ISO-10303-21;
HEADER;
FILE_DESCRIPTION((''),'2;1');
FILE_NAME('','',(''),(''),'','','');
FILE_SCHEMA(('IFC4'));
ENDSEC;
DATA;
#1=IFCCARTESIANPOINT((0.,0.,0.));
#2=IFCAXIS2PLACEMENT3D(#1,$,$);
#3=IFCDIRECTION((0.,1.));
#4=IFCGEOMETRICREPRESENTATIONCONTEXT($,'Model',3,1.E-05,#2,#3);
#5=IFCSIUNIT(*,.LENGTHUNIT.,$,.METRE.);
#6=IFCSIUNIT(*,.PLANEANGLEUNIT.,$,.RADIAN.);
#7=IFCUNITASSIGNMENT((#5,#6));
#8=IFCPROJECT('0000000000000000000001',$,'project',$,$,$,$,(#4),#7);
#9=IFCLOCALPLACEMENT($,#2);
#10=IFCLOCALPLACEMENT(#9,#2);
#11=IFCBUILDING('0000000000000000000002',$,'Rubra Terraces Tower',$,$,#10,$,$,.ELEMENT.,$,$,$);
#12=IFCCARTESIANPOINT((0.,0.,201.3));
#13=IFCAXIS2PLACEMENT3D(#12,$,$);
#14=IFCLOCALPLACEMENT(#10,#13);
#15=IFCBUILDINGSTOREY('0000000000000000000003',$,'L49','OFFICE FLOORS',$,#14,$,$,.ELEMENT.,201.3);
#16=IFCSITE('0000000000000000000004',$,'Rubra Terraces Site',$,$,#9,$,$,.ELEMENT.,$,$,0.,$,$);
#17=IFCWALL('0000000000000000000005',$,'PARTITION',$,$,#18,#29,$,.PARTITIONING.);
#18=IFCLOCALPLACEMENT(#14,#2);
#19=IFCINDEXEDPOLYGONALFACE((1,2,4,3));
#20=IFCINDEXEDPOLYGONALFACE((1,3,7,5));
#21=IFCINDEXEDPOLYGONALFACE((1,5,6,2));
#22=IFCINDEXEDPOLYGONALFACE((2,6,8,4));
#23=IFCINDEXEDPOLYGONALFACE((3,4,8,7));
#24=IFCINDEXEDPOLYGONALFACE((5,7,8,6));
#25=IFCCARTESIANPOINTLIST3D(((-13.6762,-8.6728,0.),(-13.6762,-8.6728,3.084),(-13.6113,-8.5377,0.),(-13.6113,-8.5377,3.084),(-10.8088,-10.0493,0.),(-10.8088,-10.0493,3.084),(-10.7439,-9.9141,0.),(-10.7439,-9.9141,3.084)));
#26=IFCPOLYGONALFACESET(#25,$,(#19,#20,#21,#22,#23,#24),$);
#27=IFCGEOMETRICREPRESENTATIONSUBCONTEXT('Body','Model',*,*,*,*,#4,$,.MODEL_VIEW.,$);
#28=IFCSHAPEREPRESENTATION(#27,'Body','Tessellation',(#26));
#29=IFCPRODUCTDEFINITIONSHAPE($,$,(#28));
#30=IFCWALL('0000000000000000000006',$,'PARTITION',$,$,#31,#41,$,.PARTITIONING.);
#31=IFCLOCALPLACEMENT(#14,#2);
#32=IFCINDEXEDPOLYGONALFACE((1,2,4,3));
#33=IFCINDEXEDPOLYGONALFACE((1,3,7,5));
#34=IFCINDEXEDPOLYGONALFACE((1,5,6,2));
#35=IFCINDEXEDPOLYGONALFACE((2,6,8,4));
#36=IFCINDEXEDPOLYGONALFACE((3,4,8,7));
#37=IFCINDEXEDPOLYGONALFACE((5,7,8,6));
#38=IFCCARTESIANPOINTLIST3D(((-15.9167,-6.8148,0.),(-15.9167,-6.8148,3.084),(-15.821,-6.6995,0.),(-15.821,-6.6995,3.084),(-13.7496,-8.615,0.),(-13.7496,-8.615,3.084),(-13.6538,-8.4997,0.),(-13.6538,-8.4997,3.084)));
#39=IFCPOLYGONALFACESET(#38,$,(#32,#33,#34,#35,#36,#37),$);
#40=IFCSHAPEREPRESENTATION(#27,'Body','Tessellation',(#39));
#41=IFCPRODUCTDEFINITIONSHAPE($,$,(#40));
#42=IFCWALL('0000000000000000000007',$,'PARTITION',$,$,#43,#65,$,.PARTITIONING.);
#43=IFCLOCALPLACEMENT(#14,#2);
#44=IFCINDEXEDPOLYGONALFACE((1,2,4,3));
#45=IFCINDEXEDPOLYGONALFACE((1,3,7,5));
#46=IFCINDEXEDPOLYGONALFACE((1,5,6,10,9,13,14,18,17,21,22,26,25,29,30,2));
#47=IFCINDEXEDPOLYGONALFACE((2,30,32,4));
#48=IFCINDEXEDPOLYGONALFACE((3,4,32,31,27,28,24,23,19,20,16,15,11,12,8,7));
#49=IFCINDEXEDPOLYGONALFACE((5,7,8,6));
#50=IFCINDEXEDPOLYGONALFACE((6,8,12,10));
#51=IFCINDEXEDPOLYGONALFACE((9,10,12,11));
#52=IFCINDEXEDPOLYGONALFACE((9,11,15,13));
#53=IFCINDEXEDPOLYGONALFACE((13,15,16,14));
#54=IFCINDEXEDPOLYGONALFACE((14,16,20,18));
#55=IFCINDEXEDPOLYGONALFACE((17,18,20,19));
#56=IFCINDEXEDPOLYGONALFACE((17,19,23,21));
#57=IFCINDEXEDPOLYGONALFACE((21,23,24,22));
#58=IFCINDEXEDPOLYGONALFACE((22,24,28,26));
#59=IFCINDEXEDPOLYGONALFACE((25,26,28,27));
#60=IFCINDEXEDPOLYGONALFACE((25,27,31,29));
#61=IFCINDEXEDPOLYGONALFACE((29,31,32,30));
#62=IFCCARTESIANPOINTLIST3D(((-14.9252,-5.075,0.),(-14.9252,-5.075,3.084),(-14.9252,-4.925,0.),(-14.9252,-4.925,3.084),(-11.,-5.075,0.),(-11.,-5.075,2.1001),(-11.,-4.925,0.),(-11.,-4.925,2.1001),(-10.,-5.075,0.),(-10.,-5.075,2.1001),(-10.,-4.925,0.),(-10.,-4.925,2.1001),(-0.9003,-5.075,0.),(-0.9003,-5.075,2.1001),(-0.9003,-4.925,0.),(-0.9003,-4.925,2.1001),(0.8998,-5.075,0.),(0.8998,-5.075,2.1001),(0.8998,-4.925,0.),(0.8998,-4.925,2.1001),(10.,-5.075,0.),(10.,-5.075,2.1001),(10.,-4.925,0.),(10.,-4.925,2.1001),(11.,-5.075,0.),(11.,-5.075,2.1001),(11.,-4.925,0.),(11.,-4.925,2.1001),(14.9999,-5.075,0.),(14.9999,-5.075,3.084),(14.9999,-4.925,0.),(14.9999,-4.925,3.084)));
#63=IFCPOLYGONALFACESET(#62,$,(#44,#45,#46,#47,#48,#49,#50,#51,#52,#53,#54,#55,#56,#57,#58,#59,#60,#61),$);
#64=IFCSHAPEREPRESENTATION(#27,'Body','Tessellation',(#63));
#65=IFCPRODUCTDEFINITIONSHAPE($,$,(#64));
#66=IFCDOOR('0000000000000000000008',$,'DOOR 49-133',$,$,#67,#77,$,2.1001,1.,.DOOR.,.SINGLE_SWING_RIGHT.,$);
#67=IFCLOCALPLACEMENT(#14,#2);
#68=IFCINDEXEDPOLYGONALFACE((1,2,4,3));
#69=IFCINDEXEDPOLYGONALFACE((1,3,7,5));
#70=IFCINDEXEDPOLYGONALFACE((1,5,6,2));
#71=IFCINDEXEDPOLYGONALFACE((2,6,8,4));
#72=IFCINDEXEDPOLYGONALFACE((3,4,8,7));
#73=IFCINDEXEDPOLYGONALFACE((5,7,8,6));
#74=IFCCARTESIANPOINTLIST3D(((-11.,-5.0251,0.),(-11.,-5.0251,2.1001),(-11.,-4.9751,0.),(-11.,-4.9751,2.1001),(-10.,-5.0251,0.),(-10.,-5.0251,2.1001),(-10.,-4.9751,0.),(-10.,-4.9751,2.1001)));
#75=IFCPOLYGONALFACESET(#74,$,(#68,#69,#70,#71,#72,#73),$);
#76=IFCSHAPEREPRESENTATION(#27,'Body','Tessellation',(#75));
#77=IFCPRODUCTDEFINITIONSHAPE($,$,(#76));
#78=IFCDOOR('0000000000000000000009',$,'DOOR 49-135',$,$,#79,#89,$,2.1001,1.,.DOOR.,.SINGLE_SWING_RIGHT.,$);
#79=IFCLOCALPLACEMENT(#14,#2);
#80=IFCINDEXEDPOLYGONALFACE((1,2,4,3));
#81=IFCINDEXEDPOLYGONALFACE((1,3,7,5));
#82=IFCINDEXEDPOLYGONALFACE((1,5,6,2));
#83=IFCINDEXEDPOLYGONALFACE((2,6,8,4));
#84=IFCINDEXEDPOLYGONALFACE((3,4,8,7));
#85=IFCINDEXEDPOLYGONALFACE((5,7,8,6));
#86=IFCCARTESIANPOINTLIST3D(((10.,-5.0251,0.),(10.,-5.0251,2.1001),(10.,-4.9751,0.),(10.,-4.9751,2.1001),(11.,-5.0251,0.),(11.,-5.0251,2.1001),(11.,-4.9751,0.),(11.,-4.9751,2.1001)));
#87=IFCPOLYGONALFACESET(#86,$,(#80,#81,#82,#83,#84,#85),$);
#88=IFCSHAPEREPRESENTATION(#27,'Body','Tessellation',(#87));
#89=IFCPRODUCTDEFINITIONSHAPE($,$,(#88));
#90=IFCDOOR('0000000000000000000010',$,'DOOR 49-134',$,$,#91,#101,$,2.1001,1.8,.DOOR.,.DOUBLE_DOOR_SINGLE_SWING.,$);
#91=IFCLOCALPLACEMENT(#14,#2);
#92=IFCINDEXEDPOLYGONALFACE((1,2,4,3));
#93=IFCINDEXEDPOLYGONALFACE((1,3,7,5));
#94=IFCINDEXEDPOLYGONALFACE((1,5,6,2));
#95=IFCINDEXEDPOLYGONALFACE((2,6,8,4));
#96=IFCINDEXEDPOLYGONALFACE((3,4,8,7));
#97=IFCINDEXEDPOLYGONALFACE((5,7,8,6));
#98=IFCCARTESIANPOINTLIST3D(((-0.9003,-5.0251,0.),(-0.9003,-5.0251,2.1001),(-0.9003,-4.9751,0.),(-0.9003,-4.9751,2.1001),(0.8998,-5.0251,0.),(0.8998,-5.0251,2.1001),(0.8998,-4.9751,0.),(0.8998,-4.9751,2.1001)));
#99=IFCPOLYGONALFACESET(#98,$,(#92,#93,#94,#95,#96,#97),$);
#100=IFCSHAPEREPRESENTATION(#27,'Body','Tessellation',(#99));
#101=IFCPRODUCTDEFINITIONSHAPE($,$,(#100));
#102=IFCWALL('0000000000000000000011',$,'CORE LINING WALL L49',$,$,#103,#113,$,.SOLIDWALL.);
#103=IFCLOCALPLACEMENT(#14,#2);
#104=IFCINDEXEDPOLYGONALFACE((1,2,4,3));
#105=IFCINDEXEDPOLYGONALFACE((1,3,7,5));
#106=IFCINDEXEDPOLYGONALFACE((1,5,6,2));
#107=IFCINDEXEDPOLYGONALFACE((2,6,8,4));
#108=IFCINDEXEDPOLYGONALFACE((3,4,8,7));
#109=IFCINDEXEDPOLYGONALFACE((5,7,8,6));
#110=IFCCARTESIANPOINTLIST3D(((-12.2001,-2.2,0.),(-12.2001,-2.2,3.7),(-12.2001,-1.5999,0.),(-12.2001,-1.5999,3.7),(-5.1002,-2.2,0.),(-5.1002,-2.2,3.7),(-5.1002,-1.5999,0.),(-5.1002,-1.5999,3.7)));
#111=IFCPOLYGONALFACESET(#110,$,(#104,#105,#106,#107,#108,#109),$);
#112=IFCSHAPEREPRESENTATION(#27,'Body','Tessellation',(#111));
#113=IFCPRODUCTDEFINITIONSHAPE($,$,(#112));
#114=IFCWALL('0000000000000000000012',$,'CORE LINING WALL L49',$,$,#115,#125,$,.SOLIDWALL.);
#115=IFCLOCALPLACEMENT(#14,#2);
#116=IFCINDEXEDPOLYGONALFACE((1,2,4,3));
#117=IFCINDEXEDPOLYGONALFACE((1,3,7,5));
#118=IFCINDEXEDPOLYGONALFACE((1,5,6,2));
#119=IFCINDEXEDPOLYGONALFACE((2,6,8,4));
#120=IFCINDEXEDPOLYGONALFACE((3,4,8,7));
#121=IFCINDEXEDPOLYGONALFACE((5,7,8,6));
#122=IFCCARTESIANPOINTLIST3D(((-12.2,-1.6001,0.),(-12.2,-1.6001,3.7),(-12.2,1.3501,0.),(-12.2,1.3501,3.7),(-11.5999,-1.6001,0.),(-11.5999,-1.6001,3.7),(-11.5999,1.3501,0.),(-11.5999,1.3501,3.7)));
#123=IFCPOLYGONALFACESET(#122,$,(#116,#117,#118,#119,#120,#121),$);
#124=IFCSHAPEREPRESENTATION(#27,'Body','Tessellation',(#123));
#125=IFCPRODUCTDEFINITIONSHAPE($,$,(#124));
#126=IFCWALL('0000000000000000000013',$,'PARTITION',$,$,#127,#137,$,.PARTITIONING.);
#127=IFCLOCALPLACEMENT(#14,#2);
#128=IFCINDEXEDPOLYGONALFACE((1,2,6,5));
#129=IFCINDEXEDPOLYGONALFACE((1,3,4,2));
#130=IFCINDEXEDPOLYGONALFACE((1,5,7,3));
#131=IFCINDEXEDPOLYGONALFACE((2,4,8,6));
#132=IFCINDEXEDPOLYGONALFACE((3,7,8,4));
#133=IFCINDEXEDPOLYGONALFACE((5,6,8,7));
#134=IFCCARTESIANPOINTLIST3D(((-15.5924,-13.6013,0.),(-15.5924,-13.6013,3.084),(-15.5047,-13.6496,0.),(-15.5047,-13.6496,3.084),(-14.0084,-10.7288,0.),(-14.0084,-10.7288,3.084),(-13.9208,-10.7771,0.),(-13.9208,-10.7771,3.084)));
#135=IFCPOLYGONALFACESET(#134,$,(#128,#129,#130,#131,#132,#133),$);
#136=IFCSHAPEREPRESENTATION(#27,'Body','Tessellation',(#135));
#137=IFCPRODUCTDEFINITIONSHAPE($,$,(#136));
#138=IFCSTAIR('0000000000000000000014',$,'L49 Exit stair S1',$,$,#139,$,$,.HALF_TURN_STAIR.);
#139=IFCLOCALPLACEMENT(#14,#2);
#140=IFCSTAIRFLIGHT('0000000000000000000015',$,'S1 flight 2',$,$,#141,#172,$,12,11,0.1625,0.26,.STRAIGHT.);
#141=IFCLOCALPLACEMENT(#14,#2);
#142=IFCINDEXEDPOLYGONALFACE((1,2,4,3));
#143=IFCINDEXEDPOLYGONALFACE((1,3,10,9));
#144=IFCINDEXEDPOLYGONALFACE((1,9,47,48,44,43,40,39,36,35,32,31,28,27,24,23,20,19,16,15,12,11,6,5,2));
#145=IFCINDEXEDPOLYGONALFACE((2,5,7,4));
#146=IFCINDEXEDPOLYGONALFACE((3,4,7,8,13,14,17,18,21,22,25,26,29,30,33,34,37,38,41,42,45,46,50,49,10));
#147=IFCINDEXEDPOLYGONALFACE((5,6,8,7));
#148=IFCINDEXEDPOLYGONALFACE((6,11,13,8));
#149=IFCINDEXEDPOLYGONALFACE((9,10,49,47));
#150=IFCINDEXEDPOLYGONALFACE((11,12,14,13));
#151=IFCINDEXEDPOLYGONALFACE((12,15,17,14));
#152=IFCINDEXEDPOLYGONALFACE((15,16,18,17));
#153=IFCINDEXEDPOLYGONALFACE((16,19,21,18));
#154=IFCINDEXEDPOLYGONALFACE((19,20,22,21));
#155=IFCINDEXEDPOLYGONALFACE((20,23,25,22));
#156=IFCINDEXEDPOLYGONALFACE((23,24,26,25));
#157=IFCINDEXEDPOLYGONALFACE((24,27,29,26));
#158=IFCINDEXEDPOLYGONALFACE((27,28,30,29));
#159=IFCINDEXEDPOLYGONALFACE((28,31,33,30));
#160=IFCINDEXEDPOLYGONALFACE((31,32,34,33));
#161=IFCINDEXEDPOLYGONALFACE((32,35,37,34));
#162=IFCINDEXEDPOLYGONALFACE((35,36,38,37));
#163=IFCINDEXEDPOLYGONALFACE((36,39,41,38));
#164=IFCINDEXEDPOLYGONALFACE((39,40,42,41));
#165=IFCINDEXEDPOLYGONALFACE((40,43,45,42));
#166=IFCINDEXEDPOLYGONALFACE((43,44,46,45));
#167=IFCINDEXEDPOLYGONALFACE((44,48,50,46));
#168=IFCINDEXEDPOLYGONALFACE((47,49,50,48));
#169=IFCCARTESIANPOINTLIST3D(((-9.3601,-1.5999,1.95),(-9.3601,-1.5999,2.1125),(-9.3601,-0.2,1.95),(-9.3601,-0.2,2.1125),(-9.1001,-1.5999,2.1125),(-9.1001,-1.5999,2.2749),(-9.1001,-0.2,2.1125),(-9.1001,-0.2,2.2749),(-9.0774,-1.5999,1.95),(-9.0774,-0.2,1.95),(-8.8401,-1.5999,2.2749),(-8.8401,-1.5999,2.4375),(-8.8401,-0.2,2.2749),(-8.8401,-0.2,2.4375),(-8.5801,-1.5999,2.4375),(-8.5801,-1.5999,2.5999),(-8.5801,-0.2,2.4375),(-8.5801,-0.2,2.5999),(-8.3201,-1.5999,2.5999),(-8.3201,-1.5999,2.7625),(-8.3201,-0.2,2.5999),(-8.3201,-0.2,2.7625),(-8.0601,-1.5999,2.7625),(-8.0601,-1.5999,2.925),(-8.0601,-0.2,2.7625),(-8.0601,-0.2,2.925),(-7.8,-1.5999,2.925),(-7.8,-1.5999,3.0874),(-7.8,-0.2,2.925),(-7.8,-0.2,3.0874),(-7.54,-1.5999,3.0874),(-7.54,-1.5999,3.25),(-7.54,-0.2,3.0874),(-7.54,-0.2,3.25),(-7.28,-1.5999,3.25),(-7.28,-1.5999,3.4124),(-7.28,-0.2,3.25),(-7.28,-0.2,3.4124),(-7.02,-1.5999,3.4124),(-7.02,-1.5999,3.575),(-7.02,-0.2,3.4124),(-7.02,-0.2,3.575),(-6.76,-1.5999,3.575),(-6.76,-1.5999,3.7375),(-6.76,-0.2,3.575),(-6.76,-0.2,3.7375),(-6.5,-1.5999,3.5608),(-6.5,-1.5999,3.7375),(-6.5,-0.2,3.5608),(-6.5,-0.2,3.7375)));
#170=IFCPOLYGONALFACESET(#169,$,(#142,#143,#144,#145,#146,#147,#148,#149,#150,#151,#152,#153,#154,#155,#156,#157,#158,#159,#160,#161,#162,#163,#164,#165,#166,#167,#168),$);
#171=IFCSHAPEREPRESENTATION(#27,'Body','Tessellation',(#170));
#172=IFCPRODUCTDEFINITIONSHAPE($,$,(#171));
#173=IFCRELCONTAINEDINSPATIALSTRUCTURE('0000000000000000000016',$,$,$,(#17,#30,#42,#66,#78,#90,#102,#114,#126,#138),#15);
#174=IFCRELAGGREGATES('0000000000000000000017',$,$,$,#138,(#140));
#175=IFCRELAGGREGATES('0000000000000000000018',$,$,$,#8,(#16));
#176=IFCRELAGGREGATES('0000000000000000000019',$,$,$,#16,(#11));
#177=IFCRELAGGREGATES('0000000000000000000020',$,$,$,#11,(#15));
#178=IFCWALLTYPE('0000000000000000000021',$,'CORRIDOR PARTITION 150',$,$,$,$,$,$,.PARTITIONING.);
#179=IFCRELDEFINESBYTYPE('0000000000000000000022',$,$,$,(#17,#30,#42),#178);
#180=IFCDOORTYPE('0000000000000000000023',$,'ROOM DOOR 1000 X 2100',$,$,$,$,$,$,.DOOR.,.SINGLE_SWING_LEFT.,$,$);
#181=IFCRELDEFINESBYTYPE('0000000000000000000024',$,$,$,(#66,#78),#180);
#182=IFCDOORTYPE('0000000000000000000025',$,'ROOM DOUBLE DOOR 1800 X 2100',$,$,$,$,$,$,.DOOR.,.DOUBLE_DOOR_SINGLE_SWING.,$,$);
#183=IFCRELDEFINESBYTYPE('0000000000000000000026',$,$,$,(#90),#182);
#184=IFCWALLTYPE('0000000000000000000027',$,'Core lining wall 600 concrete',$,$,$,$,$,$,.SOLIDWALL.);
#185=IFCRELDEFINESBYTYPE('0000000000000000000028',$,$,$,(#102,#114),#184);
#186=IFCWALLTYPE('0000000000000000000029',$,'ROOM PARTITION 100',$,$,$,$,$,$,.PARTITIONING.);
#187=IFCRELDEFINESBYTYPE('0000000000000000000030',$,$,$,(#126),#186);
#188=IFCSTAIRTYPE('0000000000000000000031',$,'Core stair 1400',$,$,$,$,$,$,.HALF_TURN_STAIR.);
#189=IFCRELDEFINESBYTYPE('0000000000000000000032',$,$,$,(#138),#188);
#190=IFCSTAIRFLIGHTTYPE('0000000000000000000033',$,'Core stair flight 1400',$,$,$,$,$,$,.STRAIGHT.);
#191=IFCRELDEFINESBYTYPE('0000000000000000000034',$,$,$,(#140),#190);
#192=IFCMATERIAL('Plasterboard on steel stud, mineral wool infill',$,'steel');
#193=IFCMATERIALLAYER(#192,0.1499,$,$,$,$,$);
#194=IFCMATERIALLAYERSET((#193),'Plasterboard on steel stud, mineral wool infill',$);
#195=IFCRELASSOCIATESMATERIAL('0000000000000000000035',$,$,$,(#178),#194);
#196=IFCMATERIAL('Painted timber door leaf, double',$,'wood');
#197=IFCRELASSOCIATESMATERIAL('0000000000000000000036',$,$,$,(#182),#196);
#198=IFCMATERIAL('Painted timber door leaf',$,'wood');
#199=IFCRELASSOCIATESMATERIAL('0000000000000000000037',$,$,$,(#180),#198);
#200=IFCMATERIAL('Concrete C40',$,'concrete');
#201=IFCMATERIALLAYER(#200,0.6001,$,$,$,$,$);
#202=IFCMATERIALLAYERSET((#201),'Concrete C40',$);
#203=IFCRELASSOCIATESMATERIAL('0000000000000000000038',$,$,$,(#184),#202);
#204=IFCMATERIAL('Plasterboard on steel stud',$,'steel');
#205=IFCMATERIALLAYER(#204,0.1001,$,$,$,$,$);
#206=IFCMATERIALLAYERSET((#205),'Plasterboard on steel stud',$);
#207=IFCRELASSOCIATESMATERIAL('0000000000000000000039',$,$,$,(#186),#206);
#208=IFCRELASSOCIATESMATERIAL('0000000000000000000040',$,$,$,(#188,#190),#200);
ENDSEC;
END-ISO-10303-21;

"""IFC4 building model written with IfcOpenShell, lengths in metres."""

from ifc_helpers import new_model, si_unit, direction, frame, frame_2d, origin, place, context, subcontext, project, spatial, polyline, rectangle, outline, extrude, material, layer, layer_set, type_object, element, fill, aggregate, save


model = new_model("IFC4")

# Units and contexts
model_context = context("Model", 3, precision=1e-05, world=origin(), true_north=direction((0.0, 1.0)))
body_context = subcontext(model_context, "Body", "Model", "MODEL_VIEW")
ifc_project = project(units=[si_unit("LENGTHUNIT", "METRE"), si_unit("PLANEANGLEUNIT", "RADIAN")], contexts=[model_context])

# Site, building, storey
site_placement = place(None, origin())
site = spatial("IfcSite", under=ifc_project, at=site_placement, Name="Rubra Terraces Site", CompositionType="ELEMENT", RefElevation=0.0)
building_placement = place(site_placement, origin())
building = spatial("IfcBuilding", under=site, at=building_placement, Name="Rubra Terraces Tower", CompositionType="ELEMENT")
storey_placement = place(building_placement, frame((0.0, 0.0, 201.3)))
storey = spatial("IfcBuildingStorey", under=building, at=storey_placement, Name="L49", Description="OFFICE FLOORS", CompositionType="ELEMENT", Elevation=201.3)

# Shared definitions
ifc_material_1 = material(Name="Plasterboard on steel stud, mineral wool infill", Category="steel")
ifc_layer_1 = layer(ifc_material_1, 0.1499)
ifc_layer_set_1 = layer_set([ifc_layer_1], Name="Plasterboard on steel stud, mineral wool infill")
wall_type_1 = type_object("IfcWallType", Name="CORRIDOR PARTITION 150", PredefinedType="PARTITIONING", material=ifc_layer_set_1)

# Shared definitions
ifc_material_2 = material(Name="Painted timber door leaf, double", Category="wood")
door_type_1 = type_object("IfcDoorType", Name="ROOM DOUBLE DOOR 1800 X 2100", OperationType="DOUBLE_DOOR_SINGLE_SWING", PredefinedType="DOOR", material=ifc_material_2)

# Walls
wall_1_placement = place(storey_placement, frame((-10.7764, -9.9817, 0.0), z_axis=(0.0, 0.0, 1.0), x_axis=(-0.901511, 0.432756, 0.0)))
element("IfcWall", 1, at=wall_1_placement, inside=storey, type_object=wall_type_1, Name="PARTITION", PredefinedType="PARTITIONING", context=body_context, shape_type="SweptSolid", body=[
    extrude(rectangle(XDim=3.1807, YDim=0.1499, at=frame_2d((1.5903, 0.0))), origin(), (0.0, 0.0, 1.0), 3.084),
])
wall_2_placement = place(storey_placement, frame((-13.7017, -8.5574, 0.0), z_axis=(0.0, 0.0, 1.0), x_axis=(-0.769222, 0.638982, 0.0)))
element("IfcWall", 2, at=wall_2_placement, inside=storey, type_object=wall_type_1, Name="PARTITION", PredefinedType="PARTITIONING", context=body_context, shape_type="SweptSolid", body=[
    extrude(rectangle(XDim=2.8174, YDim=0.1499, at=frame_2d((1.4087, 0.0))), origin(), (0.0, 0.0, 1.0), 3.084),
])

# Wall, openings, doors
wall_3_placement = place(storey_placement, frame((-14.925, -5.0, 0.0), z_axis=(0.0, 0.0, 1.0), x_axis=(1.0, 0.0, 0.0)))
wall_3 = element("IfcWall", 3, at=wall_3_placement, inside=storey, type_object=wall_type_1, Name="PARTITION", PredefinedType="PARTITIONING", context=body_context, shape_type="SweptSolid", body=[
    extrude(rectangle(XDim=29.925, YDim=0.1499, at=frame_2d((14.9624, 0.0))), origin(), (0.0, 0.0, 1.0), 3.084),
])
opening_1_placement = place(wall_3_placement, frame((3.925, 0.0, 0.0)))
opening_1 = element("IfcOpeningElement", 4, at=opening_1_placement, cuts=wall_3, PredefinedType="OPENING", context=body_context, shape_type="SweptSolid", body=[
    extrude(rectangle(XDim=1.0, YDim=2.1001, at=frame_2d((0.5, 1.05))), frame((0.0, 0.085, 0.0), z_axis=(0.0, -1.0, 0.0), x_axis=(1.0, 0.0, 0.0)), (0.0, 0.0, 1.0), 0.1699),
])
opening_2_placement = place(wall_3_placement, frame((14.0249, 0.0, 0.0)))
opening_2 = element("IfcOpeningElement", 5, at=opening_2_placement, cuts=wall_3, PredefinedType="OPENING", context=body_context, shape_type="SweptSolid", body=[
    extrude(rectangle(XDim=1.8, YDim=2.1001, at=frame_2d((0.8999, 1.05))), frame((0.0, 0.085, 0.0), z_axis=(0.0, -1.0, 0.0), x_axis=(1.0, 0.0, 0.0)), (0.0, 0.0, 1.0), 0.1699),
])
opening_3_placement = place(wall_3_placement, frame((24.925, 0.0, 0.0)))
opening_3 = element("IfcOpeningElement", 6, at=opening_3_placement, cuts=wall_3, PredefinedType="OPENING", context=body_context, shape_type="SweptSolid", body=[
    extrude(rectangle(XDim=1.0, YDim=2.1001, at=frame_2d((0.5, 1.05))), frame((0.0, 0.085, 0.0), z_axis=(0.0, -1.0, 0.0), x_axis=(1.0, 0.0, 0.0)), (0.0, 0.0, 1.0), 0.1699),
])
ifc_material_3 = material(Name="Painted timber door leaf", Category="wood")
door_type_2 = type_object("IfcDoorType", Name="ROOM DOOR 1000 X 2100", OperationType="SINGLE_SWING_LEFT", PredefinedType="DOOR", material=ifc_material_3)
door_1_placement = place(opening_1_placement, origin())
door_1 = element("IfcDoor", 7, at=door_1_placement, inside=storey, type_object=door_type_2, Name="DOOR 49-133", OperationType="SINGLE_SWING_RIGHT", OverallHeight=2.1001, OverallWidth=1.0, PredefinedType="DOOR", context=body_context, shape_type="SweptSolid", body=[
    extrude(rectangle(XDim=1.0, YDim=2.1001, at=frame_2d((0.5, 1.05))), frame((0.0, 0.0249, 0.0), z_axis=(0.0, -1.0, 0.0), x_axis=(1.0, 0.0, 0.0)), (0.0, 0.0, 1.0), 0.05),
])
fill(opening_1, door_1)
door_2_placement = place(opening_3_placement, origin())
door_2 = element("IfcDoor", 8, at=door_2_placement, inside=storey, type_object=door_type_2, Name="DOOR 49-135", OperationType="SINGLE_SWING_RIGHT", OverallHeight=2.1001, OverallWidth=1.0, PredefinedType="DOOR", context=body_context, shape_type="SweptSolid", body=[
    extrude(rectangle(XDim=1.0, YDim=2.1001, at=frame_2d((0.5, 1.05))), frame((0.0, 0.0249, 0.0), z_axis=(0.0, -1.0, 0.0), x_axis=(1.0, 0.0, 0.0)), (0.0, 0.0, 1.0), 0.05),
])
fill(opening_3, door_2)
door_3_placement = place(opening_2_placement, origin())
door_3 = element("IfcDoor", 9, at=door_3_placement, inside=storey, type_object=door_type_1, Name="DOOR 49-134", OperationType="DOUBLE_DOOR_SINGLE_SWING", OverallHeight=2.1001, OverallWidth=1.8, PredefinedType="DOOR", context=body_context, shape_type="SweptSolid", body=[
    extrude(rectangle(XDim=1.8, YDim=2.1001, at=frame_2d((0.8999, 1.05))), frame((0.0, 0.0249, 0.0), z_axis=(0.0, -1.0, 0.0), x_axis=(1.0, 0.0, 0.0)), (0.0, 0.0, 1.0), 0.05),
])
fill(opening_2, door_3)

# Walls
ifc_material_4 = material(Name="Concrete C40", Category="concrete")
ifc_layer_2 = layer(ifc_material_4, 0.6001)
ifc_layer_set_2 = layer_set([ifc_layer_2], Name="Concrete C40")
wall_type_2 = type_object("IfcWallType", Name="Core lining wall 600 concrete", PredefinedType="SOLIDWALL", material=ifc_layer_set_2)
wall_4_placement = place(storey_placement, frame((-12.2, -1.8999, 0.0), z_axis=(0.0, 0.0, 1.0), x_axis=(1.0, 0.0, 0.0)))
element("IfcWall", 10, at=wall_4_placement, inside=storey, type_object=wall_type_2, Name="CORE LINING WALL L49", PredefinedType="SOLIDWALL", context=body_context, shape_type="SweptSolid", body=[
    extrude(rectangle(XDim=7.0999, YDim=0.6001, at=frame_2d((3.5498, 0.0))), origin(), (0.0, 0.0, 1.0), 3.7),
])
wall_5_placement = place(storey_placement, frame((-11.8999, -1.6001, 0.0), z_axis=(0.0, 0.0, 1.0), x_axis=(0.0, 1.0, 0.0)))
element("IfcWall", 11, at=wall_5_placement, inside=storey, type_object=wall_type_2, Name="CORE LINING WALL L49", PredefinedType="SOLIDWALL", context=body_context, shape_type="SweptSolid", body=[
    extrude(rectangle(XDim=2.9502, YDim=0.6001, at=frame_2d((1.4751, 0.0))), origin(), (0.0, 0.0, 1.0), 3.7),
])
ifc_material_5 = material(Name="Plasterboard on steel stud", Category="steel")
ifc_layer_3 = layer(ifc_material_5, 0.1001)
ifc_layer_set_3 = layer_set([ifc_layer_3], Name="Plasterboard on steel stud")
wall_type_3 = type_object("IfcWallType", Name="ROOM PARTITION 100", PredefinedType="PARTITIONING", material=ifc_layer_set_3)
wall_6_placement = place(storey_placement, frame((-13.9646, -10.7529, 0.0), z_axis=(0.0, 0.0, 1.0), x_axis=(-0.482873, -0.875691, 0.0)))
element("IfcWall", 12, at=wall_6_placement, inside=storey, type_object=wall_type_3, Name="PARTITION", PredefinedType="PARTITIONING", context=body_context, shape_type="SweptSolid", body=[
    extrude(rectangle(XDim=3.2803, YDim=0.1001, at=frame_2d((1.6401, 0.0))), origin(), (0.0, 0.0, 1.0), 3.084),
])

# Stair, stair flight
stair_type = type_object("IfcStairType", Name="Core stair 1400", PredefinedType="HALF_TURN_STAIR", material=ifc_material_4)
stair_placement = place(storey_placement, origin())
stair = element("IfcStair", 13, at=stair_placement, inside=storey, type_object=stair_type, Name="L49 Exit stair S1", PredefinedType="HALF_TURN_STAIR")
stair_flight_type = type_object("IfcStairFlightType", Name="Core stair flight 1400", PredefinedType="STRAIGHT", material=ifc_material_4)
stair_flight_placement = place(storey_placement, frame((-9.3601, -0.8999, 1.95), z_axis=(0.0, 0.0, 1.0), x_axis=(1.0, 0.0, 0.0)))
stair_flight = element("IfcStairFlight", 14, at=stair_flight_placement, type_object=stair_flight_type, Name="S1 flight 2", NumberOfRisers=12, NumberOfTreads=11, PredefinedType="STRAIGHT", RiserHeight=0.1625, TreadLength=0.26, context=body_context, shape_type="SweptSolid", body=[
    extrude(outline(polyline([(0.0, 0.0), (0.0, 0.1626), (0.26, 0.1626), (0.26, 0.325), (0.52, 0.325), (0.52, 0.4875), (0.78, 0.4875), (0.78, 0.6499), (1.04, 0.6499), (1.04, 0.8125), (1.3, 0.8125), (1.3, 0.9751), (1.5601, 0.9751), (1.5601, 1.1375), (1.8201, 1.1375), (1.8201, 1.3), (2.0801, 1.3), (2.0801, 1.4624), (2.3401, 1.4624), (2.3401, 1.625), (2.6001, 1.625), (2.6001, 1.7876), (2.8601, 1.7876), (2.8601, 1.95), (2.8601, 1.6108), (0.2827, 0.0), (0.0, 0.0)])), frame((0.0, 0.7, 0.0), z_axis=(0.0, -1.0, 0.0), x_axis=(1.0, 0.0, 0.0)), (0.0, 0.0, 1.0), 1.3999),
])
aggregate(stair, [stair_flight])

save(model, "model.ifc")
